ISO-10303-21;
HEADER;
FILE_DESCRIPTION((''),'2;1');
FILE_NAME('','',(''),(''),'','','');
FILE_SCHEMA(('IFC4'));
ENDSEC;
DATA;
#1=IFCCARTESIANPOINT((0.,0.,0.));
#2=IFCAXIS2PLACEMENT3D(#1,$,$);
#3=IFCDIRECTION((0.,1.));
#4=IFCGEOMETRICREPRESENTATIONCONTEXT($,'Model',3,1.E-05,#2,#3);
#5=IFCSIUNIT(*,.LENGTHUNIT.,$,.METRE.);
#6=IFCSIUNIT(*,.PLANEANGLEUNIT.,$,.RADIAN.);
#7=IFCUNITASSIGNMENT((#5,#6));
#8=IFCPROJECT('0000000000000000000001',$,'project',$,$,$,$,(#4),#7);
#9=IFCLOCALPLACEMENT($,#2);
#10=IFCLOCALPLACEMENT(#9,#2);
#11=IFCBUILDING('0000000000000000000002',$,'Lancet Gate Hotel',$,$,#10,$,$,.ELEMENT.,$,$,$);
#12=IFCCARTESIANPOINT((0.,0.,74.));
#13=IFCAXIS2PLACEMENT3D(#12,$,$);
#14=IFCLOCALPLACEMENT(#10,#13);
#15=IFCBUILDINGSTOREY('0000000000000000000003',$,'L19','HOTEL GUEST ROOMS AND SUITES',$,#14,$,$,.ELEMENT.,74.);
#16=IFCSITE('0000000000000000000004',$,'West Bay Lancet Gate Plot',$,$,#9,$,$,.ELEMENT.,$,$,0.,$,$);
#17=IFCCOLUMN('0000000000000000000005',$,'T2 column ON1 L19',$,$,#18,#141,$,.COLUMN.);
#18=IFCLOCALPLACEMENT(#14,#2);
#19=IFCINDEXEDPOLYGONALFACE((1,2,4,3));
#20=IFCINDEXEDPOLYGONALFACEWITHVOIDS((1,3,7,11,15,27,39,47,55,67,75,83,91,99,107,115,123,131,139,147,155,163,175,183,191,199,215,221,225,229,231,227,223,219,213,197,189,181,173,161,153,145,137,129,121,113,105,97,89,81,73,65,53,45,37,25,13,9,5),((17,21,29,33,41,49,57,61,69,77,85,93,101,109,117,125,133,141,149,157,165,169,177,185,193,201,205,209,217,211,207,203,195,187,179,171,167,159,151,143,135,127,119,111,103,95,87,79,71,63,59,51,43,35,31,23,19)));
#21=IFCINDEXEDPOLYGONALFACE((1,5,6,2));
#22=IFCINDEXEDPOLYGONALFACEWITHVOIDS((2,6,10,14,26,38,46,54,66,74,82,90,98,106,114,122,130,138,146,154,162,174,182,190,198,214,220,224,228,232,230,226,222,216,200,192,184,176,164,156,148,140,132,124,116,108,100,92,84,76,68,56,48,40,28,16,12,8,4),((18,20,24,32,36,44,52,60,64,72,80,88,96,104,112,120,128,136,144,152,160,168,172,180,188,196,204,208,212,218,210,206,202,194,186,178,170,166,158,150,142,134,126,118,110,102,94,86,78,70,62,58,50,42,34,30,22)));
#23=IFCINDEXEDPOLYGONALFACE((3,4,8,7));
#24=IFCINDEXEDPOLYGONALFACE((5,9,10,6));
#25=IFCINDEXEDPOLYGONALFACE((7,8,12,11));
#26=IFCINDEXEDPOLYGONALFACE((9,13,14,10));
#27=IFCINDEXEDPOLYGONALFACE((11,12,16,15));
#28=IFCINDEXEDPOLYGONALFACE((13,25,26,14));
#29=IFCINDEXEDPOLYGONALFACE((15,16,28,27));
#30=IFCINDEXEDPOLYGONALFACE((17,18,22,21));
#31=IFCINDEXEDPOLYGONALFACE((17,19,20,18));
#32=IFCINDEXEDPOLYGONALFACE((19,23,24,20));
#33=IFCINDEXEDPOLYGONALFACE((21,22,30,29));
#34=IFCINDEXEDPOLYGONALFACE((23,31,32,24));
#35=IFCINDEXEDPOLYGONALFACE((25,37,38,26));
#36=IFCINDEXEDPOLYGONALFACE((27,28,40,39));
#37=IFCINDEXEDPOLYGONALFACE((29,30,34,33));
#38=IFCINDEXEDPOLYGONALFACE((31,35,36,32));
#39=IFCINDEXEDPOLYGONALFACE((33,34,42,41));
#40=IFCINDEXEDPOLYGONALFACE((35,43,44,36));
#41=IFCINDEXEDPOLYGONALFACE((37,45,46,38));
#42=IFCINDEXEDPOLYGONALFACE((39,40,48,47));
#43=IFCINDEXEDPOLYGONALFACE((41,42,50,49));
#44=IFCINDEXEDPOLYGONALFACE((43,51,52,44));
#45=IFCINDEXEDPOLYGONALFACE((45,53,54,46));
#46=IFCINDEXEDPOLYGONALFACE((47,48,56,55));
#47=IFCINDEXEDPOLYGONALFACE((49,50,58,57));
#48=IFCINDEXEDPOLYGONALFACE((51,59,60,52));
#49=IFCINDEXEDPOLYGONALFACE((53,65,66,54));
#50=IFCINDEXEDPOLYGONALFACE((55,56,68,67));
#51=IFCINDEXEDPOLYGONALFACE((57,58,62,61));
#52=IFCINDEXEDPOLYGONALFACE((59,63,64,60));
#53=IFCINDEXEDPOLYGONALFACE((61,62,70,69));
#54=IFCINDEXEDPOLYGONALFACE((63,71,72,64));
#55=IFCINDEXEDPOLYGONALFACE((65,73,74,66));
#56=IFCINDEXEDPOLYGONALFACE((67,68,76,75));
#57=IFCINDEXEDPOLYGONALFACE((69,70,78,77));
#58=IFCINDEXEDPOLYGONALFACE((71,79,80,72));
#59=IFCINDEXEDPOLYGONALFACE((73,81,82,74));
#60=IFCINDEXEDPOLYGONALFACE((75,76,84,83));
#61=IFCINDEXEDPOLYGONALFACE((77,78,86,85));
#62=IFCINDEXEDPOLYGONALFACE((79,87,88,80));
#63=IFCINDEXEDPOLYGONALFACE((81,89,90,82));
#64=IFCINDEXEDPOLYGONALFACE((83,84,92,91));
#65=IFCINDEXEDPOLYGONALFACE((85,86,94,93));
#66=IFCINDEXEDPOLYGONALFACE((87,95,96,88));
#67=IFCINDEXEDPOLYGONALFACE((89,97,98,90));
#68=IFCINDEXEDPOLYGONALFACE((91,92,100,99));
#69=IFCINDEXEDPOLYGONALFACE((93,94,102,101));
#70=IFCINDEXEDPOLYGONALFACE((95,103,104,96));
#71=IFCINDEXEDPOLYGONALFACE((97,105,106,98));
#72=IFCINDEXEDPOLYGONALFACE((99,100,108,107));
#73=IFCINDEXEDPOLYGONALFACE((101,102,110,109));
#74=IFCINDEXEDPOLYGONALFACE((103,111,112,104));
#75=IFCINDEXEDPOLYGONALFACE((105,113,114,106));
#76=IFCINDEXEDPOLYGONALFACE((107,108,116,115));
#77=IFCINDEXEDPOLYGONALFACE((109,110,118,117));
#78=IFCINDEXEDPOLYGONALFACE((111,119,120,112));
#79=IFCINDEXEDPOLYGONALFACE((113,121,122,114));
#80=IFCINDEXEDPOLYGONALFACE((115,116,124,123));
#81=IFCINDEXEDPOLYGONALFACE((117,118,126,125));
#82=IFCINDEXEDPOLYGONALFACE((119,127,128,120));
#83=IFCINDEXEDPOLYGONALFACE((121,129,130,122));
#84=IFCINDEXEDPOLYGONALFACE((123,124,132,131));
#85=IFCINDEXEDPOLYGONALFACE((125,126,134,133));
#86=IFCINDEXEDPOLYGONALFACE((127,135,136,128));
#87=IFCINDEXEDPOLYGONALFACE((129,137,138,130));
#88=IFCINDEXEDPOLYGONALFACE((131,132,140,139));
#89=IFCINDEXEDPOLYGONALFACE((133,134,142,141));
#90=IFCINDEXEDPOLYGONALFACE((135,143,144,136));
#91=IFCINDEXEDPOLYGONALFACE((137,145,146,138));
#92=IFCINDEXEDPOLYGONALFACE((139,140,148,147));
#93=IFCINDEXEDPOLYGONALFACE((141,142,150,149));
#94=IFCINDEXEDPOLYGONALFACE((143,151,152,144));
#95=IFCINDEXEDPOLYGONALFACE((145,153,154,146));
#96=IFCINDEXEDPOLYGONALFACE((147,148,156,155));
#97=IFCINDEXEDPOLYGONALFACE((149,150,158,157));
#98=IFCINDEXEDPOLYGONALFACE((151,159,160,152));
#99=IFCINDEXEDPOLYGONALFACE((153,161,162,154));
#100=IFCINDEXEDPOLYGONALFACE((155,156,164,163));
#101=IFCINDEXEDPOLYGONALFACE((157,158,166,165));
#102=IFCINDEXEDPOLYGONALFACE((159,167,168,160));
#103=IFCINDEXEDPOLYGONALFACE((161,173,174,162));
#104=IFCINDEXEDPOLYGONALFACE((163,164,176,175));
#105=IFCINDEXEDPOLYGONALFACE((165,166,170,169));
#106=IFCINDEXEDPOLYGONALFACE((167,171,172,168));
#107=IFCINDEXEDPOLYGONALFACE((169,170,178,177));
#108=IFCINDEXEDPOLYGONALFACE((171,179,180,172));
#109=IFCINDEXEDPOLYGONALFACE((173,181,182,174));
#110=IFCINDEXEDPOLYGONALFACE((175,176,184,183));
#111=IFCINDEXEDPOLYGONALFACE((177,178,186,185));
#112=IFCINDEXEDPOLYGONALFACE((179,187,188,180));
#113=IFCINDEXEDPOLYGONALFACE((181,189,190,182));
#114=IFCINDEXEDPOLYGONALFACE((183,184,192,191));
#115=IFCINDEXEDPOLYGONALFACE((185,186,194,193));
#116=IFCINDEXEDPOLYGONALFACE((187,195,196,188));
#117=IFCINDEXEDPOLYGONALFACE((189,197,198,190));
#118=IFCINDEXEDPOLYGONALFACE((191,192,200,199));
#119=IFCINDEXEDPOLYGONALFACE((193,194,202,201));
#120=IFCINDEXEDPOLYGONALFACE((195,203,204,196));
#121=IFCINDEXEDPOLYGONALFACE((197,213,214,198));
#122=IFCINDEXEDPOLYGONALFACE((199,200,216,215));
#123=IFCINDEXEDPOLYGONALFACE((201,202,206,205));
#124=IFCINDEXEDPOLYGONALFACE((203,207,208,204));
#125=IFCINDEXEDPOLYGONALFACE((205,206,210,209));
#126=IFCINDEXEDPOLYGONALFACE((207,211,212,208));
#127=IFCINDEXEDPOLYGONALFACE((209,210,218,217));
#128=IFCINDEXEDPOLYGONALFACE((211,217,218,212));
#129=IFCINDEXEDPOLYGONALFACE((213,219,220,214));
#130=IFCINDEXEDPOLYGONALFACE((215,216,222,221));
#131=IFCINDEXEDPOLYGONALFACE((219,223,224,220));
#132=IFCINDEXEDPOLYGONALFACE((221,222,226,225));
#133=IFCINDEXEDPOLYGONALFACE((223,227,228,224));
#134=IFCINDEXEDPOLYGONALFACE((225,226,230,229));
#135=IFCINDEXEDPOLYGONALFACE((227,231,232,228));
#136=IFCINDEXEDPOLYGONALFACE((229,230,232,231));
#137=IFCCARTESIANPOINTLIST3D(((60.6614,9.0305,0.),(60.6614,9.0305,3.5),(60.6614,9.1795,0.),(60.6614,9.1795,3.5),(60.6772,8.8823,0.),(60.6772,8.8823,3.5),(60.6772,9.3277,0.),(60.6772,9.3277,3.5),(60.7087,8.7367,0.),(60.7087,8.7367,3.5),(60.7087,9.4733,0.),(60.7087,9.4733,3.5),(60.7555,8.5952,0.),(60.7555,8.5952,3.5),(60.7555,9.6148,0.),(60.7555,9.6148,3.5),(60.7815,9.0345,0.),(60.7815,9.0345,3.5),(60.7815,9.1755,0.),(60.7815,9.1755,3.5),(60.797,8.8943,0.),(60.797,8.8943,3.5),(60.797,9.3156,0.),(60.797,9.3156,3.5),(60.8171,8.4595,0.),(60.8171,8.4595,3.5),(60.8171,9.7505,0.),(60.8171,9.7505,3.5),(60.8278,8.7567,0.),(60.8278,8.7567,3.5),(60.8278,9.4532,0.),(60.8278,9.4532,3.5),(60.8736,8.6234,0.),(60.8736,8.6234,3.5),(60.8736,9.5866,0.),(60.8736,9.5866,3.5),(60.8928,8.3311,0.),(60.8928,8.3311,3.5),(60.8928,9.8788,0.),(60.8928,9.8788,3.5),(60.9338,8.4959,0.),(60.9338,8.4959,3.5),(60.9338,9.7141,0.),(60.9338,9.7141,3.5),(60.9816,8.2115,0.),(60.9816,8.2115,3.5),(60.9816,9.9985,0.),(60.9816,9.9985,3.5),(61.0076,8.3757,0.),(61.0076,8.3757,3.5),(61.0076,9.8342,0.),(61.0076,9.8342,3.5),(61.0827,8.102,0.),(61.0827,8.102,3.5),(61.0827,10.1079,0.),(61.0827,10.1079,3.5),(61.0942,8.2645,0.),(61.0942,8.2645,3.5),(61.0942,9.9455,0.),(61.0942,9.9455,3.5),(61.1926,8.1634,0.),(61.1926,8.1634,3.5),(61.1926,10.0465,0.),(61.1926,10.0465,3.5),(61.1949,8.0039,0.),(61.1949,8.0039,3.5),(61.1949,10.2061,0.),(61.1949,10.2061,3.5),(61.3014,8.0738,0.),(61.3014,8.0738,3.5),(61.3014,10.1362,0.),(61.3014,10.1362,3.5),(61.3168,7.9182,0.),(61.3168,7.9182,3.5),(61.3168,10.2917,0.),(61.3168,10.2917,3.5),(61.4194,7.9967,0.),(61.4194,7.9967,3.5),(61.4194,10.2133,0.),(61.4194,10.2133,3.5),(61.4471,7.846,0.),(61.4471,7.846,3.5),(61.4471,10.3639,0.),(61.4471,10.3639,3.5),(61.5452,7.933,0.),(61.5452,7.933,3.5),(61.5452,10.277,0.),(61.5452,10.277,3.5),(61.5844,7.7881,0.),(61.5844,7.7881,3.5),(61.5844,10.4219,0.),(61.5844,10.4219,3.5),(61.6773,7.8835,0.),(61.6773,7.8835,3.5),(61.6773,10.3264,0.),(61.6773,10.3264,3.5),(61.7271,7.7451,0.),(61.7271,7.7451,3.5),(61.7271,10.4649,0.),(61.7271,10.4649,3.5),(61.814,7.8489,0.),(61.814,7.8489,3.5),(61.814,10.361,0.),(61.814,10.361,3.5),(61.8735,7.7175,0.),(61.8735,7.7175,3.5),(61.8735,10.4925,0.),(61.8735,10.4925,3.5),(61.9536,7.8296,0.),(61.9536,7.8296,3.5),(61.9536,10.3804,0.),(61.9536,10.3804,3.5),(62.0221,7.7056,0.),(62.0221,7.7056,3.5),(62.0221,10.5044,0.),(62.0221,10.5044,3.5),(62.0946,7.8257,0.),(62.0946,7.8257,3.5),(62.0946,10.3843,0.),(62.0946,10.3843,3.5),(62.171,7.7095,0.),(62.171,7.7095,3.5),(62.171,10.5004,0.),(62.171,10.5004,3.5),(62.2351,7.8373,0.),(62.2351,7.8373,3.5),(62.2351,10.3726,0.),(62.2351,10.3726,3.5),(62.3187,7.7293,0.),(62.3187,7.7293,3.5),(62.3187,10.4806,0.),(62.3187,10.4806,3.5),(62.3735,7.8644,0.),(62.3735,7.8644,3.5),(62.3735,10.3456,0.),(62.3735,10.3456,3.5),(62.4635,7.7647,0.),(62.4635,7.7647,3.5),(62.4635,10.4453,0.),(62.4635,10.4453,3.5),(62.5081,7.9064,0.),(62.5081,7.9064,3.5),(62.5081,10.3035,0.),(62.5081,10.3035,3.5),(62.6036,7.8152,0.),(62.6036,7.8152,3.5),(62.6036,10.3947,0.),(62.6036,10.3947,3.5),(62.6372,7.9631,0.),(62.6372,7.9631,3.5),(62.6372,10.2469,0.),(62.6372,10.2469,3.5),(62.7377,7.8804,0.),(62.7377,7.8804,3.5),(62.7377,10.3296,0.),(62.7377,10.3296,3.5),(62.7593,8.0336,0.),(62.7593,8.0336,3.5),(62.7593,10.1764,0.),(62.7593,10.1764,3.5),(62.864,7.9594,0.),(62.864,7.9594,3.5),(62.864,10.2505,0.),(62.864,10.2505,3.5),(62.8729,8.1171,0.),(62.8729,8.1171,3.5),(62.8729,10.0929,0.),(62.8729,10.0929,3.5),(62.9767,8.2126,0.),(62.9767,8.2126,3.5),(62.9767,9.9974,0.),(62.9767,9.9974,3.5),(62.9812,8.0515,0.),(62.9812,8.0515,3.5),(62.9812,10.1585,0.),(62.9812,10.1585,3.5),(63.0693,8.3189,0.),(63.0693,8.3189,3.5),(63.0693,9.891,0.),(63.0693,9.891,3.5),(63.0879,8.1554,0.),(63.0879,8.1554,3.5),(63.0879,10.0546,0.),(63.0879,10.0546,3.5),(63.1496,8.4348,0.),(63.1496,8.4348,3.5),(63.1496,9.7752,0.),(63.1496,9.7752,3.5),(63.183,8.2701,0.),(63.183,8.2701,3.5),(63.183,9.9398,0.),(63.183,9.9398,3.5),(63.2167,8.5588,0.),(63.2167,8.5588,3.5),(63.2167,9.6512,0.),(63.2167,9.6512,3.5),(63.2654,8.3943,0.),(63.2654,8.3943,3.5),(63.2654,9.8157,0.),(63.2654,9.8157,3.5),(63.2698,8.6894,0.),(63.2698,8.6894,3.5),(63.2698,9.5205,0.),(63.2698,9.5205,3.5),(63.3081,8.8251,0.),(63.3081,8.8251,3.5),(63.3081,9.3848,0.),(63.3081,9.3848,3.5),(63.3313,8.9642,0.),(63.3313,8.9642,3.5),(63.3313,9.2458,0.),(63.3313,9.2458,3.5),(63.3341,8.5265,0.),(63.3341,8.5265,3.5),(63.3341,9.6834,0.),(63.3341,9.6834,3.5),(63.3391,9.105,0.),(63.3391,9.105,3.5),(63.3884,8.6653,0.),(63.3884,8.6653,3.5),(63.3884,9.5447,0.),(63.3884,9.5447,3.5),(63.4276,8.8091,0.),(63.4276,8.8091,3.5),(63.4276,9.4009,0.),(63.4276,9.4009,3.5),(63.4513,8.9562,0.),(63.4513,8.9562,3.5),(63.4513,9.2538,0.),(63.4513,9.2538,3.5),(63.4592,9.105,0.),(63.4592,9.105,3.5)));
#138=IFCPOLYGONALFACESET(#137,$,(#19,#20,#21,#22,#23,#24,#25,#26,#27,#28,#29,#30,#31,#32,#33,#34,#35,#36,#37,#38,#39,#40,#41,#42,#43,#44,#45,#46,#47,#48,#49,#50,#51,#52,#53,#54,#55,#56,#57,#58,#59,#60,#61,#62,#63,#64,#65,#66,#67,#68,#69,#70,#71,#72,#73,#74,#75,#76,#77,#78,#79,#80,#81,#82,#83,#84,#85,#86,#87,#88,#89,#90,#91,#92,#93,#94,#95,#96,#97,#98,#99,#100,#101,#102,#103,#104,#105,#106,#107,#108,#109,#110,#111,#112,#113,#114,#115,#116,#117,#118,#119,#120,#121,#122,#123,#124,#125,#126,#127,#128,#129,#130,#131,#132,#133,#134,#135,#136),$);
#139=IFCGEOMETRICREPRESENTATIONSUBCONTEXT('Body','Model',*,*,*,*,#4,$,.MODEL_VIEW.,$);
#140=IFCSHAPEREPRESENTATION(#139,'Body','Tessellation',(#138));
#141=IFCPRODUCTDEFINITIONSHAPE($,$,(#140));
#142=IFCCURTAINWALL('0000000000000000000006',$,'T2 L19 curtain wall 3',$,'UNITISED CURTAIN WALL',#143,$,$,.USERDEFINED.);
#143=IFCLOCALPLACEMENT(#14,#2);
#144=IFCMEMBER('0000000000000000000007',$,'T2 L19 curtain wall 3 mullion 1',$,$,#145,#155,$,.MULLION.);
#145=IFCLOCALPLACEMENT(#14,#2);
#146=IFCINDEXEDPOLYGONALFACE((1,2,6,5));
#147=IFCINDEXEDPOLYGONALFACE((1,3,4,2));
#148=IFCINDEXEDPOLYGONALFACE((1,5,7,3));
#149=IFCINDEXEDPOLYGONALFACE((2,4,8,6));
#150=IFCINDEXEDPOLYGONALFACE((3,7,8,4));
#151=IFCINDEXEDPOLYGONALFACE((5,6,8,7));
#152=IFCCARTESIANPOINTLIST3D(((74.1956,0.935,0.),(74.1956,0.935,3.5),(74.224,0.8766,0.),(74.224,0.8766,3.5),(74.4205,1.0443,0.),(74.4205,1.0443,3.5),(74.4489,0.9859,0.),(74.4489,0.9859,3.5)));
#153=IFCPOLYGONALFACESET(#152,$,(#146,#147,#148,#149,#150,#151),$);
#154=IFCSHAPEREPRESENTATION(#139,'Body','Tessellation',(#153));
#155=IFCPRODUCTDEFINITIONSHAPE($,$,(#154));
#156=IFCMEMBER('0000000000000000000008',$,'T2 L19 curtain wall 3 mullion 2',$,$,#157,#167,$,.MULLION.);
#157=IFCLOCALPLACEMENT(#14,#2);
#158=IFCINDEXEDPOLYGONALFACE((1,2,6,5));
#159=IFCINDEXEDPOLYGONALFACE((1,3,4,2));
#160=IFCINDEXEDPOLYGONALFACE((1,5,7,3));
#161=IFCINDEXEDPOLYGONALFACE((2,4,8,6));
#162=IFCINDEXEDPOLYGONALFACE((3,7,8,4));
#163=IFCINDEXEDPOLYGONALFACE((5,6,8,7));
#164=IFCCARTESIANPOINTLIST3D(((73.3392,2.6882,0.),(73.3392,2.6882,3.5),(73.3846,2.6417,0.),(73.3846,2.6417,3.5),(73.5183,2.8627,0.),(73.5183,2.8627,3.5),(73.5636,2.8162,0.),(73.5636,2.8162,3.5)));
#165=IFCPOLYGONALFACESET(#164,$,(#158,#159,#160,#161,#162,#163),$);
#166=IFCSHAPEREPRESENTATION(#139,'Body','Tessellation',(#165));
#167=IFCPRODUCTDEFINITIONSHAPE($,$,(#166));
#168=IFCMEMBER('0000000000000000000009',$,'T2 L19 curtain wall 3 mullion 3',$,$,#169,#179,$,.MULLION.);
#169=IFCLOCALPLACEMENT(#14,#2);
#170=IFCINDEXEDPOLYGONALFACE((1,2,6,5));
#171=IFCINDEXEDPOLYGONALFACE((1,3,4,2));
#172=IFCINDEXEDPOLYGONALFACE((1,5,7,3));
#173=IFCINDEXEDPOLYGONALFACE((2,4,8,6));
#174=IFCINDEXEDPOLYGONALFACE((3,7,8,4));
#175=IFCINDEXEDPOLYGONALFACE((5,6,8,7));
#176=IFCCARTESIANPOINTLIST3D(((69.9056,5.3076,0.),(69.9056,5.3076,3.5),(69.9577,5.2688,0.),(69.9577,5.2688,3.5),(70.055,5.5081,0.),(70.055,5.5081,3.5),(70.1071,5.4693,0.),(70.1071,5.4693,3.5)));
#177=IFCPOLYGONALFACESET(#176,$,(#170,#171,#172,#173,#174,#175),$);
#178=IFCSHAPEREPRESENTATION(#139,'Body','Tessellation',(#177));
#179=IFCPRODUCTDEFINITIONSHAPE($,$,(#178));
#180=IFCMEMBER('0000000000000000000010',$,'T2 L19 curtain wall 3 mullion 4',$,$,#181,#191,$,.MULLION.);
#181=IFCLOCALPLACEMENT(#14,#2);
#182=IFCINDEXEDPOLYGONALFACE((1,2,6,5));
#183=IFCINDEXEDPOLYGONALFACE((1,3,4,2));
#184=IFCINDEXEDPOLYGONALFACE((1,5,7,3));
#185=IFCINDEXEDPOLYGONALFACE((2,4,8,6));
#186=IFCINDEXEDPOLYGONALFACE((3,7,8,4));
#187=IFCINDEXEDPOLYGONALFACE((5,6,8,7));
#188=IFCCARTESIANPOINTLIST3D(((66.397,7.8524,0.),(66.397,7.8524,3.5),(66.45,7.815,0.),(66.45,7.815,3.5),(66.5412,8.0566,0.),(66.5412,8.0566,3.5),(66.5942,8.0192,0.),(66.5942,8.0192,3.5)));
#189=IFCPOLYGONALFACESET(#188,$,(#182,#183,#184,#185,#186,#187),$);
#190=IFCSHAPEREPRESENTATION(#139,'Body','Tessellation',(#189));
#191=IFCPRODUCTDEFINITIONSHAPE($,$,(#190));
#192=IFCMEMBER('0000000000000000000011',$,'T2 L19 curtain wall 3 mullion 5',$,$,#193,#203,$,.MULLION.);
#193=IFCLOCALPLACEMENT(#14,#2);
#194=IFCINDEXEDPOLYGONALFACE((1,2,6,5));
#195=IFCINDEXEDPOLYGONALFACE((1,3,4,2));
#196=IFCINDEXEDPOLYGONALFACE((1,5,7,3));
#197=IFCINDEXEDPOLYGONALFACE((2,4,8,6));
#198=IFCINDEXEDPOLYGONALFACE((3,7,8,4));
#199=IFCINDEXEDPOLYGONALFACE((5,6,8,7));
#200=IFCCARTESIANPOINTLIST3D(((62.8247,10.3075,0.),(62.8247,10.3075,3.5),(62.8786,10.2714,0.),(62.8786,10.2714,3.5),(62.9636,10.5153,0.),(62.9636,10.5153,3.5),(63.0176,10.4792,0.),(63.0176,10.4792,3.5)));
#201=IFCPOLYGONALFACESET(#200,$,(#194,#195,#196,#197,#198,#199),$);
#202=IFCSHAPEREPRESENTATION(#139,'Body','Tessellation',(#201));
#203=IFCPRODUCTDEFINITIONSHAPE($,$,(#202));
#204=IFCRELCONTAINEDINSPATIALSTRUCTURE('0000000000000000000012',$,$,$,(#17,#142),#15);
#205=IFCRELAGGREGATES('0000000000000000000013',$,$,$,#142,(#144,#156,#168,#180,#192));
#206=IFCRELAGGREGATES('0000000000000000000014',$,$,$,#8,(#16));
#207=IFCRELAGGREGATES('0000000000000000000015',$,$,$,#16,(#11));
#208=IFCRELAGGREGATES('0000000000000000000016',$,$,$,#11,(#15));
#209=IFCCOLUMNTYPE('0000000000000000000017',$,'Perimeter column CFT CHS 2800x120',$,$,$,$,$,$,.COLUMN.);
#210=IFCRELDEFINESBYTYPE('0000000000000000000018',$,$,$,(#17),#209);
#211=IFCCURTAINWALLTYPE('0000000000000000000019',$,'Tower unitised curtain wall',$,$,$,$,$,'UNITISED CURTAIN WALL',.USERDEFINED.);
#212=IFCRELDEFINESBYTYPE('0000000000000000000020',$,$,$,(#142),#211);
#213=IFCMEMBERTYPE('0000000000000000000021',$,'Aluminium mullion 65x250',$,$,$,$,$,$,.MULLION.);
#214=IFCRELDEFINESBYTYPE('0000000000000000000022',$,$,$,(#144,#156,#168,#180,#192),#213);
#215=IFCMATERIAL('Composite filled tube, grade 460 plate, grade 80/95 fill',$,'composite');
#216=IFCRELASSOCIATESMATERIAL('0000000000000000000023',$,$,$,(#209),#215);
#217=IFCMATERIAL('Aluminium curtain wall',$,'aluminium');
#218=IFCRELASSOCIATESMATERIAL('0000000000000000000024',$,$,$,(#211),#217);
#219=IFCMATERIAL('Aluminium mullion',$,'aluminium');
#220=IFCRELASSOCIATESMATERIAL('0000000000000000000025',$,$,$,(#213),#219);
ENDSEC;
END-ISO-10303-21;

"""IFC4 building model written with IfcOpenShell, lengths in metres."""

from ifc_helpers import new_model, si_unit, direction, frame, origin, origin_2d, place, context, subcontext, project, spatial, rectangle, hollow_circle, extrude, material, material_profile, profile_set, type_object, element, aggregate, save


model = new_model("IFC4")

# Units and contexts
model_context = context("Model", 3, precision=1e-05, world=origin(), true_north=direction((0.0, 1.0)))
body_context = subcontext(model_context, "Body", "Model", "MODEL_VIEW")
ifc_project = project(units=[si_unit("LENGTHUNIT", "METRE"), si_unit("PLANEANGLEUNIT", "RADIAN")], contexts=[model_context])

# Site, building, storey
site_placement = place(None, origin())
site = spatial("IfcSite", under=ifc_project, at=site_placement, Name="West Bay Lancet Gate Plot", CompositionType="ELEMENT", RefElevation=0.0)
building_placement = place(site_placement, origin())
building = spatial("IfcBuilding", under=site, at=building_placement, Name="Lancet Gate Hotel", CompositionType="ELEMENT")
storey_placement = place(building_placement, frame((0.0, 0.0, 74.0)))
storey = spatial("IfcBuildingStorey", under=building, at=storey_placement, Name="L19", Description="HOTEL GUEST ROOMS AND SUITES", CompositionType="ELEMENT", Elevation=74.0)

# Column
ifc_material_1 = material(Name="Composite filled tube, grade 460 plate, grade 80/95 fill", Category="composite")
ifc_material_profile_1 = material_profile(ifc_material_1, hollow_circle(Radius=1.3999, WallThickness=0.1201, at=origin_2d()), Name="CHS 2800x120")
ifc_profile_set_1 = profile_set([ifc_material_profile_1], Name="Composite filled tube, grade 460 plate, grade 80/95 fill")
column_type = type_object("IfcColumnType", Name="Perimeter column CFT CHS 2800x120", PredefinedType="COLUMN", material=ifc_profile_set_1)
column_placement = place(storey_placement, frame((62.0593, 9.105, 0.0), z_axis=(0.0, 0.0, 1.0), x_axis=(1.0, 0.0, 0.0)))
element("IfcColumn", 1, at=column_placement, inside=storey, type_object=column_type, Name="T2 column ON1 L19", PredefinedType="COLUMN", context=body_context, shape_type="SweptSolid", body=[
    extrude(hollow_circle(Radius=1.3999, WallThickness=0.1201, at=origin_2d()), origin(), (0.0, 0.0, 1.0), 3.5),
])

# Curtain wall, members
ifc_material_2 = material(Name="Aluminium curtain wall", Category="aluminium")
curtain_wall_type = type_object("IfcCurtainWallType", Name="Tower unitised curtain wall", ElementType="UNITISED CURTAIN WALL", PredefinedType="USERDEFINED", material=ifc_material_2)
curtain_wall_placement = place(storey_placement, origin())
curtain_wall = element("IfcCurtainWall", 2, at=curtain_wall_placement, inside=storey, type_object=curtain_wall_type, Name="T2 L19 curtain wall 3", ObjectType="UNITISED CURTAIN WALL", PredefinedType="USERDEFINED")
ifc_material_3 = material(Name="Aluminium mullion", Category="aluminium")
ifc_material_profile_2 = material_profile(ifc_material_3, rectangle(XDim=0.0649, YDim=0.25, at=origin_2d()), Name="MULLION 65x250")
ifc_profile_set_2 = profile_set([ifc_material_profile_2], Name="Aluminium mullion")
member_type_1 = type_object("IfcMemberType", Name="Aluminium mullion 65x250", PredefinedType="MULLION", material=ifc_profile_set_2)
member_1_placement = place(storey_placement, frame((74.3223, 0.9604, 0.0), z_axis=(0.0, 0.0, 1.0), x_axis=(-0.437169, 0.899379, 0.0)))
member_1 = element("IfcMember", 3, at=member_1_placement, type_object=member_type_1, Name="T2 L19 curtain wall 3 mullion 1", PredefinedType="MULLION", context=body_context, shape_type="SweptSolid", body=[
    extrude(rectangle(XDim=0.0649, YDim=0.25, at=origin_2d()), origin(), (0.0, 0.0, 1.0), 3.5),
])
member_2_placement = place(storey_placement, frame((73.4514, 2.7522, 0.0), z_axis=(0.0, 0.0, 1.0), x_axis=(-0.697983, 0.716114, 0.0)))
member_2 = element("IfcMember", 4, at=member_2_placement, type_object=member_type_1, Name="T2 L19 curtain wall 3 mullion 2", PredefinedType="MULLION", context=body_context, shape_type="SweptSolid", body=[
    extrude(rectangle(XDim=0.0649, YDim=0.25, at=origin_2d()), origin(), (0.0, 0.0, 1.0), 3.5),
])
member_3_placement = place(storey_placement, frame((70.0063, 5.3884, 0.0), z_axis=(0.0, 0.0, 1.0), x_axis=(-0.80183, 0.597552, 0.0)))
member_3 = element("IfcMember", 5, at=member_3_placement, type_object=member_type_1, Name="T2 L19 curtain wall 3 mullion 3", PredefinedType="MULLION", context=body_context, shape_type="SweptSolid", body=[
    extrude(rectangle(XDim=0.0649, YDim=0.25, at=origin_2d()), origin(), (0.0, 0.0, 1.0), 3.5),
])
member_4_placement = place(storey_placement, frame((66.4956, 7.9358, 0.0), z_axis=(0.0, 0.0, 1.0), x_axis=(-0.816779, 0.576951, 0.0)))
member_4 = element("IfcMember", 6, at=member_4_placement, type_object=member_type_1, Name="T2 L19 curtain wall 3 mullion 4", PredefinedType="MULLION", context=body_context, shape_type="SweptSolid", body=[
    extrude(rectangle(XDim=0.0649, YDim=0.25, at=origin_2d()), origin(), (0.0, 0.0, 1.0), 3.5),
])
member_5_placement = place(storey_placement, frame((62.9211, 10.3933, 0.0), z_axis=(0.0, 0.0, 1.0), x_axis=(-0.831198, 0.555976, 0.0)))
member_5 = element("IfcMember", 7, at=member_5_placement, type_object=member_type_1, Name="T2 L19 curtain wall 3 mullion 5", PredefinedType="MULLION", context=body_context, shape_type="SweptSolid", body=[
    extrude(rectangle(XDim=0.0649, YDim=0.25, at=origin_2d()), origin(), (0.0, 0.0, 1.0), 3.5),
])

aggregate(curtain_wall, [member_1, member_2, member_3, member_4, member_5])

save(model, "model.ifc")
